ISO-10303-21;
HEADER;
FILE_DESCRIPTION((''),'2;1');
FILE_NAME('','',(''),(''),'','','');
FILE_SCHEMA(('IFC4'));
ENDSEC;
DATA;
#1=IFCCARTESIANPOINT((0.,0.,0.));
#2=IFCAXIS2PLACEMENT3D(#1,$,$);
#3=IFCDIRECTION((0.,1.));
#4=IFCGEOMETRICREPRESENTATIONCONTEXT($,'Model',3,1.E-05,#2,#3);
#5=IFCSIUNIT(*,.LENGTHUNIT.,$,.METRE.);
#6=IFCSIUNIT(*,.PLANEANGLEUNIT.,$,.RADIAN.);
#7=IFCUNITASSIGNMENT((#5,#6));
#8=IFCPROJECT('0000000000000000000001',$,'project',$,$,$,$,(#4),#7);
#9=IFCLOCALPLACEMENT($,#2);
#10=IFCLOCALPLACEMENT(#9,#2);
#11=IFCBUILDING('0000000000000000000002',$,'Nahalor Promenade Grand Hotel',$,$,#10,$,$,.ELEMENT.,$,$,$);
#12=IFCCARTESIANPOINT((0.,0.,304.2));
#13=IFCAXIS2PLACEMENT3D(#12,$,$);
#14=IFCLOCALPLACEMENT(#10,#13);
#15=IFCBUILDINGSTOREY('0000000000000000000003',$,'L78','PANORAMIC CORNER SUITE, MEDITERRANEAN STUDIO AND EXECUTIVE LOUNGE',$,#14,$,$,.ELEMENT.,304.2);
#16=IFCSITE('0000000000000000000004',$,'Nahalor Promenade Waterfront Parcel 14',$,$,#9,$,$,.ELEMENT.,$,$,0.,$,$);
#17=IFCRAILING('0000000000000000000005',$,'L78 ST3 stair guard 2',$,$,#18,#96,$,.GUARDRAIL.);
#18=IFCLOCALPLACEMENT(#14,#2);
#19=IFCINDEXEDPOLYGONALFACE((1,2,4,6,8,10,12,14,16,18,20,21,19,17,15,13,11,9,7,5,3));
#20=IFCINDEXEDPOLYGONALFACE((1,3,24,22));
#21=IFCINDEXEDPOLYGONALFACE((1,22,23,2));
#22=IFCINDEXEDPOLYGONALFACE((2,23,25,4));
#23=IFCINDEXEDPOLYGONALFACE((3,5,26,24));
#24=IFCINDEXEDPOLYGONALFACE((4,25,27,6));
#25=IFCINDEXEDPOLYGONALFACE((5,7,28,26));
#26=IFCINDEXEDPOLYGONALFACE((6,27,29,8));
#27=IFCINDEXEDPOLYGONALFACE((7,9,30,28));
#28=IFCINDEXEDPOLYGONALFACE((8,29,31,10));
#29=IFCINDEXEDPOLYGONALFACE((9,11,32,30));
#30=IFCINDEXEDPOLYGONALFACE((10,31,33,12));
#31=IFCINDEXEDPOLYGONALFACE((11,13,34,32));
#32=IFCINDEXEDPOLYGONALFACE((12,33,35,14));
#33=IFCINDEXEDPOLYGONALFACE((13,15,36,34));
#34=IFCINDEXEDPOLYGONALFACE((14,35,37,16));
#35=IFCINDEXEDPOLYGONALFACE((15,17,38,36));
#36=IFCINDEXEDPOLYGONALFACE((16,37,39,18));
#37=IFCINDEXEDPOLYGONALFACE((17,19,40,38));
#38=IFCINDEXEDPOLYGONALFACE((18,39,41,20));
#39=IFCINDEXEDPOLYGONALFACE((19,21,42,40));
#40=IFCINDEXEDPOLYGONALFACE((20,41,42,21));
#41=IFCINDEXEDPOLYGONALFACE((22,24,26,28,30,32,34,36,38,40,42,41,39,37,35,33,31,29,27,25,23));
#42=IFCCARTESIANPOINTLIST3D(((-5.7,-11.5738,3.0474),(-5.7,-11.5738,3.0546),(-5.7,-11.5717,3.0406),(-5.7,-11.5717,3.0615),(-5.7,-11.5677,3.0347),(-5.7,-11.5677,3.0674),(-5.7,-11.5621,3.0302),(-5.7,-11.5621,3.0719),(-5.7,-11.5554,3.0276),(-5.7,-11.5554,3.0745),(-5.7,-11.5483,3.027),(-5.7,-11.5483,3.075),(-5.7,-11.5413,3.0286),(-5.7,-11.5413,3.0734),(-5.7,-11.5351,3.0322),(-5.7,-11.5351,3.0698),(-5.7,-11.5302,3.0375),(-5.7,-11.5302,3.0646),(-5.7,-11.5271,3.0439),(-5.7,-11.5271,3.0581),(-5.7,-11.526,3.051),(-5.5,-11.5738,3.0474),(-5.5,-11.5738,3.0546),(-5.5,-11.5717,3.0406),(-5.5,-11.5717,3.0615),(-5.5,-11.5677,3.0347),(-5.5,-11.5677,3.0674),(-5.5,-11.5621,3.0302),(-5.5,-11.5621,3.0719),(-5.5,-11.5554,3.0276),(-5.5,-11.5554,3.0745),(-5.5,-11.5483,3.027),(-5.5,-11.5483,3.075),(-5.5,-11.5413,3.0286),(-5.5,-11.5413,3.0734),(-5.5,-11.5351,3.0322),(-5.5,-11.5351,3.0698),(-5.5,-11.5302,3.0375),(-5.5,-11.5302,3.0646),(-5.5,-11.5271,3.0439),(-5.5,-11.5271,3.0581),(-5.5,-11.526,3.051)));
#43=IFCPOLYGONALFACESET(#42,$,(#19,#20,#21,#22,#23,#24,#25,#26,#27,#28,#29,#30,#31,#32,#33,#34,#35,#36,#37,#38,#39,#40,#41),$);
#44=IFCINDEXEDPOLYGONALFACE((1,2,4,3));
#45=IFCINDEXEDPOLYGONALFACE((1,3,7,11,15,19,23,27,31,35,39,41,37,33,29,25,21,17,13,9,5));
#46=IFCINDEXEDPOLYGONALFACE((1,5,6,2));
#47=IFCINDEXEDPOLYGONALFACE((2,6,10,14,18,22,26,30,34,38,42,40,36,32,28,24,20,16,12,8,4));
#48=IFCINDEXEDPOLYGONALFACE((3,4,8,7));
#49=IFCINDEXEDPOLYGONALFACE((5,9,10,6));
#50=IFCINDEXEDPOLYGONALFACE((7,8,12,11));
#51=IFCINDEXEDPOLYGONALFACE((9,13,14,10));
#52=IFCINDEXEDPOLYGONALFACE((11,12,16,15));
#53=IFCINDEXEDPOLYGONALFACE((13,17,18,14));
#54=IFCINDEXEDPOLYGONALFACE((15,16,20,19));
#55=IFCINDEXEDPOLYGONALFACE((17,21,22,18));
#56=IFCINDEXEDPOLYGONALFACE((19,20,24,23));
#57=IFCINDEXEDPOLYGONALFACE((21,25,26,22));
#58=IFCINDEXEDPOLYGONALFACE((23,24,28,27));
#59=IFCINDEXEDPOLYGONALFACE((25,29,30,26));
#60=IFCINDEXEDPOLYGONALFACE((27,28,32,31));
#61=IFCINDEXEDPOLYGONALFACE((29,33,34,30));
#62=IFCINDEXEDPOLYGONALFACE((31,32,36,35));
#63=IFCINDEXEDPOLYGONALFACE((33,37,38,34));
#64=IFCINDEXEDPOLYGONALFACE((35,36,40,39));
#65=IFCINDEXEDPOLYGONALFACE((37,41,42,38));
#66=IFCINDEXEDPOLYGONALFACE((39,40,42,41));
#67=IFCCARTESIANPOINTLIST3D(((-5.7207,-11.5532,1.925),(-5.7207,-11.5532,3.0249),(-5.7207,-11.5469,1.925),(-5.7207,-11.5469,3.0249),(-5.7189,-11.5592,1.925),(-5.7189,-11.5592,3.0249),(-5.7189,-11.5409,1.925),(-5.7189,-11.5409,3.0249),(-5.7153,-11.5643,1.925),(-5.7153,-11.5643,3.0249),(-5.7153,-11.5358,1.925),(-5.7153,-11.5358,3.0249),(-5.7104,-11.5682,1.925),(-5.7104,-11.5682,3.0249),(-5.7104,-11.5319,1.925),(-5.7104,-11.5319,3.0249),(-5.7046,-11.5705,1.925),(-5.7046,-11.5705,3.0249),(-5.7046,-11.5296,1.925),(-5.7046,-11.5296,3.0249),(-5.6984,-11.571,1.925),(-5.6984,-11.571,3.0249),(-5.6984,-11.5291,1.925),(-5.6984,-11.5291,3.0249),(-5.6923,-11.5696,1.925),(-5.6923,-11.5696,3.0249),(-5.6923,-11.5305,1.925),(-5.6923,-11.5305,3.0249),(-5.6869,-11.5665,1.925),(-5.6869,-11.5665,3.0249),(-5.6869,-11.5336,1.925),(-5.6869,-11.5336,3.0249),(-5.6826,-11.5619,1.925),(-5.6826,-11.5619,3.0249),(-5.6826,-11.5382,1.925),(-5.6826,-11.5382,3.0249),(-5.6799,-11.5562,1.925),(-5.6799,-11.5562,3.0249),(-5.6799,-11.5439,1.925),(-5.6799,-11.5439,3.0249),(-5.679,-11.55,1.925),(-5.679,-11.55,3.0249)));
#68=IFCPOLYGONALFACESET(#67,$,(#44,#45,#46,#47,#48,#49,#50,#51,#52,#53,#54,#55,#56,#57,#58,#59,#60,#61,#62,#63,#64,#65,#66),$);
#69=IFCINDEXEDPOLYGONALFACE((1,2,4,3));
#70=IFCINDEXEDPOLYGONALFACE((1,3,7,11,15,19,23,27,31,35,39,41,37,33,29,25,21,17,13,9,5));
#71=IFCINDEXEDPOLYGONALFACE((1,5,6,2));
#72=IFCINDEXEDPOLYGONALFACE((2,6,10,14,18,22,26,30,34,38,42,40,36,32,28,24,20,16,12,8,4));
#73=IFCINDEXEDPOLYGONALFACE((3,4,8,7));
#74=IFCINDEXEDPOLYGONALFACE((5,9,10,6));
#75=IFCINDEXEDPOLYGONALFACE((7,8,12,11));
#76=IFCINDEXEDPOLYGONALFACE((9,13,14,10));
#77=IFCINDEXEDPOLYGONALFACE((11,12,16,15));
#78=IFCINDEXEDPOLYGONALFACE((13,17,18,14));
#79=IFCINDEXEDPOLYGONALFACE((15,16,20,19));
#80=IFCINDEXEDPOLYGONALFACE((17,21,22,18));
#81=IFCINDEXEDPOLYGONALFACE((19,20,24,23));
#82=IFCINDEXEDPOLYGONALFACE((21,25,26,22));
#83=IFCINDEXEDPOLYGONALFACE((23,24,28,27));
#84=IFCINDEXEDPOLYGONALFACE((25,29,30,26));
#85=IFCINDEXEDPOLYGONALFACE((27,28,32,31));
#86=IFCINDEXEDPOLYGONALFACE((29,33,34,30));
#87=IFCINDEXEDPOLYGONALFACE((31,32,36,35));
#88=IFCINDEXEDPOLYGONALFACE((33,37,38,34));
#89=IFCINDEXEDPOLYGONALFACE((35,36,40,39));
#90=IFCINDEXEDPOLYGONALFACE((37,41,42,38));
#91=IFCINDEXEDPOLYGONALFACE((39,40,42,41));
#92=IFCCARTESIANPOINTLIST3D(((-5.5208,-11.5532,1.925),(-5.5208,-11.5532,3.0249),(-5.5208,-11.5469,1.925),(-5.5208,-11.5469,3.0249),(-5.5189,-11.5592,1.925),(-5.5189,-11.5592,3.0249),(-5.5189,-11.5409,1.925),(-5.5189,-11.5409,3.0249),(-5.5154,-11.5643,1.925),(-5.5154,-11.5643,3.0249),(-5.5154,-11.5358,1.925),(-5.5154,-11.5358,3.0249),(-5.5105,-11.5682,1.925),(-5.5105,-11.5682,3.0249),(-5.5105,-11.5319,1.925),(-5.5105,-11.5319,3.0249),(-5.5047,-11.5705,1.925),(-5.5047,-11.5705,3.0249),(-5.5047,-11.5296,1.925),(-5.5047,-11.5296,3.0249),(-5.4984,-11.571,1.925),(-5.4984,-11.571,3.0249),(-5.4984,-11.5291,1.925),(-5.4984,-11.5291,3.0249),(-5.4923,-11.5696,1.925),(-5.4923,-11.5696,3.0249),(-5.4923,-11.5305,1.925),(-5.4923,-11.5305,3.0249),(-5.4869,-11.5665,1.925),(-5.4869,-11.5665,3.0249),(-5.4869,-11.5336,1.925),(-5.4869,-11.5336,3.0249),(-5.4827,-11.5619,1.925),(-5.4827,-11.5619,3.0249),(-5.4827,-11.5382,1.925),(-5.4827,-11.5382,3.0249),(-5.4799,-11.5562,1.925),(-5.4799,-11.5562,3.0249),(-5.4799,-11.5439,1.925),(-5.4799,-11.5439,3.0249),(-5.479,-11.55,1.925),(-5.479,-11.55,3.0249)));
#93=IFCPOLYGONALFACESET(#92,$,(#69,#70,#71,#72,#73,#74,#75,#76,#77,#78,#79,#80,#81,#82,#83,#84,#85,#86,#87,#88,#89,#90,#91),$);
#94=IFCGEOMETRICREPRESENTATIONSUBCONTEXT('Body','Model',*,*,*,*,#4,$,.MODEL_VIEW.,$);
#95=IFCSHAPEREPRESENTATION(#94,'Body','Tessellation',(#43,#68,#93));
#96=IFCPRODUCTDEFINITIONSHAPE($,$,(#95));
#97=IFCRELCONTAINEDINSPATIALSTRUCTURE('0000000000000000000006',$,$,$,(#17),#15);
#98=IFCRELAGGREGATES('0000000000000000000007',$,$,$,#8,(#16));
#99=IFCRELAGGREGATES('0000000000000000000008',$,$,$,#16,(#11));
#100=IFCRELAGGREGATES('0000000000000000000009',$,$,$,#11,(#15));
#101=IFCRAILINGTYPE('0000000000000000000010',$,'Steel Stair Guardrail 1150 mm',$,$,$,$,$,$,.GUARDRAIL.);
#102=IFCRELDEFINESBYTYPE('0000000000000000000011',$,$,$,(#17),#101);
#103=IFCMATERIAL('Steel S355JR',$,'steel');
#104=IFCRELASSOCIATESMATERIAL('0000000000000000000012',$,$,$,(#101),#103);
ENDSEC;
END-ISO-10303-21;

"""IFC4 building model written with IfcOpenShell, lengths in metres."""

from ifc_helpers import new_model, si_unit, direction, frame, origin, origin_2d, place, context, subcontext, project, spatial, circle, extrude, material, type_object, element, save


model = new_model("IFC4")

# Units and contexts
model_context = context("Model", 3, precision=1e-05, world=origin(), true_north=direction((0.0, 1.0)))
body_context = subcontext(model_context, "Body", "Model", "MODEL_VIEW")
ifc_project = project(units=[si_unit("LENGTHUNIT", "METRE"), si_unit("PLANEANGLEUNIT", "RADIAN")], contexts=[model_context])

# Site, building, storey
site_placement = place(None, origin())
site = spatial("IfcSite", under=ifc_project, at=site_placement, Name="Nahalor Promenade Waterfront Parcel 14", CompositionType="ELEMENT", RefElevation=0.0)
building_placement = place(site_placement, origin())
building = spatial("IfcBuilding", under=site, at=building_placement, Name="Nahalor Promenade Grand Hotel", CompositionType="ELEMENT")
storey_placement = place(building_placement, frame((0.0, 0.0, 304.2)))
storey = spatial("IfcBuildingStorey", under=building, at=storey_placement, Name="L78", Description="PANORAMIC CORNER SUITE, MEDITERRANEAN STUDIO AND EXECUTIVE LOUNGE", CompositionType="ELEMENT", Elevation=304.2)

# Shared definitions
ifc_material_1 = material(Name="Steel S355JR", Category="steel")

# Railing
railing_type_1 = type_object("IfcRailingType", Name="Steel Stair Guardrail 1150 mm", PredefinedType="GUARDRAIL", material=ifc_material_1)
railing_1_placement = place(storey_placement, frame((-5.7, -11.55, 1.925)))
element("IfcRailing", 1, at=railing_1_placement, inside=storey, type_object=railing_type_1, Name="L78 ST3 stair guard 2", PredefinedType="GUARDRAIL", context=body_context, shape_type="SweptSolid", body=[
    extrude(circle(Radius=0.024, at=origin_2d()), frame((0.0, 0.0, 1.126), z_axis=(1.0, 0.0, 0.0), x_axis=(0.0, 1.0, 0.0)), (0.0, 0.0, 1.0), 0.2),
    extrude(circle(Radius=0.021, at=origin_2d()), origin(), (0.0, 0.0, 1.0), 1.0999),
    extrude(circle(Radius=0.021, at=origin_2d()), frame((0.2, 0.0, 0.0)), (0.0, 0.0, 1.0), 1.0999),
])

save(model, "model.ifc")
